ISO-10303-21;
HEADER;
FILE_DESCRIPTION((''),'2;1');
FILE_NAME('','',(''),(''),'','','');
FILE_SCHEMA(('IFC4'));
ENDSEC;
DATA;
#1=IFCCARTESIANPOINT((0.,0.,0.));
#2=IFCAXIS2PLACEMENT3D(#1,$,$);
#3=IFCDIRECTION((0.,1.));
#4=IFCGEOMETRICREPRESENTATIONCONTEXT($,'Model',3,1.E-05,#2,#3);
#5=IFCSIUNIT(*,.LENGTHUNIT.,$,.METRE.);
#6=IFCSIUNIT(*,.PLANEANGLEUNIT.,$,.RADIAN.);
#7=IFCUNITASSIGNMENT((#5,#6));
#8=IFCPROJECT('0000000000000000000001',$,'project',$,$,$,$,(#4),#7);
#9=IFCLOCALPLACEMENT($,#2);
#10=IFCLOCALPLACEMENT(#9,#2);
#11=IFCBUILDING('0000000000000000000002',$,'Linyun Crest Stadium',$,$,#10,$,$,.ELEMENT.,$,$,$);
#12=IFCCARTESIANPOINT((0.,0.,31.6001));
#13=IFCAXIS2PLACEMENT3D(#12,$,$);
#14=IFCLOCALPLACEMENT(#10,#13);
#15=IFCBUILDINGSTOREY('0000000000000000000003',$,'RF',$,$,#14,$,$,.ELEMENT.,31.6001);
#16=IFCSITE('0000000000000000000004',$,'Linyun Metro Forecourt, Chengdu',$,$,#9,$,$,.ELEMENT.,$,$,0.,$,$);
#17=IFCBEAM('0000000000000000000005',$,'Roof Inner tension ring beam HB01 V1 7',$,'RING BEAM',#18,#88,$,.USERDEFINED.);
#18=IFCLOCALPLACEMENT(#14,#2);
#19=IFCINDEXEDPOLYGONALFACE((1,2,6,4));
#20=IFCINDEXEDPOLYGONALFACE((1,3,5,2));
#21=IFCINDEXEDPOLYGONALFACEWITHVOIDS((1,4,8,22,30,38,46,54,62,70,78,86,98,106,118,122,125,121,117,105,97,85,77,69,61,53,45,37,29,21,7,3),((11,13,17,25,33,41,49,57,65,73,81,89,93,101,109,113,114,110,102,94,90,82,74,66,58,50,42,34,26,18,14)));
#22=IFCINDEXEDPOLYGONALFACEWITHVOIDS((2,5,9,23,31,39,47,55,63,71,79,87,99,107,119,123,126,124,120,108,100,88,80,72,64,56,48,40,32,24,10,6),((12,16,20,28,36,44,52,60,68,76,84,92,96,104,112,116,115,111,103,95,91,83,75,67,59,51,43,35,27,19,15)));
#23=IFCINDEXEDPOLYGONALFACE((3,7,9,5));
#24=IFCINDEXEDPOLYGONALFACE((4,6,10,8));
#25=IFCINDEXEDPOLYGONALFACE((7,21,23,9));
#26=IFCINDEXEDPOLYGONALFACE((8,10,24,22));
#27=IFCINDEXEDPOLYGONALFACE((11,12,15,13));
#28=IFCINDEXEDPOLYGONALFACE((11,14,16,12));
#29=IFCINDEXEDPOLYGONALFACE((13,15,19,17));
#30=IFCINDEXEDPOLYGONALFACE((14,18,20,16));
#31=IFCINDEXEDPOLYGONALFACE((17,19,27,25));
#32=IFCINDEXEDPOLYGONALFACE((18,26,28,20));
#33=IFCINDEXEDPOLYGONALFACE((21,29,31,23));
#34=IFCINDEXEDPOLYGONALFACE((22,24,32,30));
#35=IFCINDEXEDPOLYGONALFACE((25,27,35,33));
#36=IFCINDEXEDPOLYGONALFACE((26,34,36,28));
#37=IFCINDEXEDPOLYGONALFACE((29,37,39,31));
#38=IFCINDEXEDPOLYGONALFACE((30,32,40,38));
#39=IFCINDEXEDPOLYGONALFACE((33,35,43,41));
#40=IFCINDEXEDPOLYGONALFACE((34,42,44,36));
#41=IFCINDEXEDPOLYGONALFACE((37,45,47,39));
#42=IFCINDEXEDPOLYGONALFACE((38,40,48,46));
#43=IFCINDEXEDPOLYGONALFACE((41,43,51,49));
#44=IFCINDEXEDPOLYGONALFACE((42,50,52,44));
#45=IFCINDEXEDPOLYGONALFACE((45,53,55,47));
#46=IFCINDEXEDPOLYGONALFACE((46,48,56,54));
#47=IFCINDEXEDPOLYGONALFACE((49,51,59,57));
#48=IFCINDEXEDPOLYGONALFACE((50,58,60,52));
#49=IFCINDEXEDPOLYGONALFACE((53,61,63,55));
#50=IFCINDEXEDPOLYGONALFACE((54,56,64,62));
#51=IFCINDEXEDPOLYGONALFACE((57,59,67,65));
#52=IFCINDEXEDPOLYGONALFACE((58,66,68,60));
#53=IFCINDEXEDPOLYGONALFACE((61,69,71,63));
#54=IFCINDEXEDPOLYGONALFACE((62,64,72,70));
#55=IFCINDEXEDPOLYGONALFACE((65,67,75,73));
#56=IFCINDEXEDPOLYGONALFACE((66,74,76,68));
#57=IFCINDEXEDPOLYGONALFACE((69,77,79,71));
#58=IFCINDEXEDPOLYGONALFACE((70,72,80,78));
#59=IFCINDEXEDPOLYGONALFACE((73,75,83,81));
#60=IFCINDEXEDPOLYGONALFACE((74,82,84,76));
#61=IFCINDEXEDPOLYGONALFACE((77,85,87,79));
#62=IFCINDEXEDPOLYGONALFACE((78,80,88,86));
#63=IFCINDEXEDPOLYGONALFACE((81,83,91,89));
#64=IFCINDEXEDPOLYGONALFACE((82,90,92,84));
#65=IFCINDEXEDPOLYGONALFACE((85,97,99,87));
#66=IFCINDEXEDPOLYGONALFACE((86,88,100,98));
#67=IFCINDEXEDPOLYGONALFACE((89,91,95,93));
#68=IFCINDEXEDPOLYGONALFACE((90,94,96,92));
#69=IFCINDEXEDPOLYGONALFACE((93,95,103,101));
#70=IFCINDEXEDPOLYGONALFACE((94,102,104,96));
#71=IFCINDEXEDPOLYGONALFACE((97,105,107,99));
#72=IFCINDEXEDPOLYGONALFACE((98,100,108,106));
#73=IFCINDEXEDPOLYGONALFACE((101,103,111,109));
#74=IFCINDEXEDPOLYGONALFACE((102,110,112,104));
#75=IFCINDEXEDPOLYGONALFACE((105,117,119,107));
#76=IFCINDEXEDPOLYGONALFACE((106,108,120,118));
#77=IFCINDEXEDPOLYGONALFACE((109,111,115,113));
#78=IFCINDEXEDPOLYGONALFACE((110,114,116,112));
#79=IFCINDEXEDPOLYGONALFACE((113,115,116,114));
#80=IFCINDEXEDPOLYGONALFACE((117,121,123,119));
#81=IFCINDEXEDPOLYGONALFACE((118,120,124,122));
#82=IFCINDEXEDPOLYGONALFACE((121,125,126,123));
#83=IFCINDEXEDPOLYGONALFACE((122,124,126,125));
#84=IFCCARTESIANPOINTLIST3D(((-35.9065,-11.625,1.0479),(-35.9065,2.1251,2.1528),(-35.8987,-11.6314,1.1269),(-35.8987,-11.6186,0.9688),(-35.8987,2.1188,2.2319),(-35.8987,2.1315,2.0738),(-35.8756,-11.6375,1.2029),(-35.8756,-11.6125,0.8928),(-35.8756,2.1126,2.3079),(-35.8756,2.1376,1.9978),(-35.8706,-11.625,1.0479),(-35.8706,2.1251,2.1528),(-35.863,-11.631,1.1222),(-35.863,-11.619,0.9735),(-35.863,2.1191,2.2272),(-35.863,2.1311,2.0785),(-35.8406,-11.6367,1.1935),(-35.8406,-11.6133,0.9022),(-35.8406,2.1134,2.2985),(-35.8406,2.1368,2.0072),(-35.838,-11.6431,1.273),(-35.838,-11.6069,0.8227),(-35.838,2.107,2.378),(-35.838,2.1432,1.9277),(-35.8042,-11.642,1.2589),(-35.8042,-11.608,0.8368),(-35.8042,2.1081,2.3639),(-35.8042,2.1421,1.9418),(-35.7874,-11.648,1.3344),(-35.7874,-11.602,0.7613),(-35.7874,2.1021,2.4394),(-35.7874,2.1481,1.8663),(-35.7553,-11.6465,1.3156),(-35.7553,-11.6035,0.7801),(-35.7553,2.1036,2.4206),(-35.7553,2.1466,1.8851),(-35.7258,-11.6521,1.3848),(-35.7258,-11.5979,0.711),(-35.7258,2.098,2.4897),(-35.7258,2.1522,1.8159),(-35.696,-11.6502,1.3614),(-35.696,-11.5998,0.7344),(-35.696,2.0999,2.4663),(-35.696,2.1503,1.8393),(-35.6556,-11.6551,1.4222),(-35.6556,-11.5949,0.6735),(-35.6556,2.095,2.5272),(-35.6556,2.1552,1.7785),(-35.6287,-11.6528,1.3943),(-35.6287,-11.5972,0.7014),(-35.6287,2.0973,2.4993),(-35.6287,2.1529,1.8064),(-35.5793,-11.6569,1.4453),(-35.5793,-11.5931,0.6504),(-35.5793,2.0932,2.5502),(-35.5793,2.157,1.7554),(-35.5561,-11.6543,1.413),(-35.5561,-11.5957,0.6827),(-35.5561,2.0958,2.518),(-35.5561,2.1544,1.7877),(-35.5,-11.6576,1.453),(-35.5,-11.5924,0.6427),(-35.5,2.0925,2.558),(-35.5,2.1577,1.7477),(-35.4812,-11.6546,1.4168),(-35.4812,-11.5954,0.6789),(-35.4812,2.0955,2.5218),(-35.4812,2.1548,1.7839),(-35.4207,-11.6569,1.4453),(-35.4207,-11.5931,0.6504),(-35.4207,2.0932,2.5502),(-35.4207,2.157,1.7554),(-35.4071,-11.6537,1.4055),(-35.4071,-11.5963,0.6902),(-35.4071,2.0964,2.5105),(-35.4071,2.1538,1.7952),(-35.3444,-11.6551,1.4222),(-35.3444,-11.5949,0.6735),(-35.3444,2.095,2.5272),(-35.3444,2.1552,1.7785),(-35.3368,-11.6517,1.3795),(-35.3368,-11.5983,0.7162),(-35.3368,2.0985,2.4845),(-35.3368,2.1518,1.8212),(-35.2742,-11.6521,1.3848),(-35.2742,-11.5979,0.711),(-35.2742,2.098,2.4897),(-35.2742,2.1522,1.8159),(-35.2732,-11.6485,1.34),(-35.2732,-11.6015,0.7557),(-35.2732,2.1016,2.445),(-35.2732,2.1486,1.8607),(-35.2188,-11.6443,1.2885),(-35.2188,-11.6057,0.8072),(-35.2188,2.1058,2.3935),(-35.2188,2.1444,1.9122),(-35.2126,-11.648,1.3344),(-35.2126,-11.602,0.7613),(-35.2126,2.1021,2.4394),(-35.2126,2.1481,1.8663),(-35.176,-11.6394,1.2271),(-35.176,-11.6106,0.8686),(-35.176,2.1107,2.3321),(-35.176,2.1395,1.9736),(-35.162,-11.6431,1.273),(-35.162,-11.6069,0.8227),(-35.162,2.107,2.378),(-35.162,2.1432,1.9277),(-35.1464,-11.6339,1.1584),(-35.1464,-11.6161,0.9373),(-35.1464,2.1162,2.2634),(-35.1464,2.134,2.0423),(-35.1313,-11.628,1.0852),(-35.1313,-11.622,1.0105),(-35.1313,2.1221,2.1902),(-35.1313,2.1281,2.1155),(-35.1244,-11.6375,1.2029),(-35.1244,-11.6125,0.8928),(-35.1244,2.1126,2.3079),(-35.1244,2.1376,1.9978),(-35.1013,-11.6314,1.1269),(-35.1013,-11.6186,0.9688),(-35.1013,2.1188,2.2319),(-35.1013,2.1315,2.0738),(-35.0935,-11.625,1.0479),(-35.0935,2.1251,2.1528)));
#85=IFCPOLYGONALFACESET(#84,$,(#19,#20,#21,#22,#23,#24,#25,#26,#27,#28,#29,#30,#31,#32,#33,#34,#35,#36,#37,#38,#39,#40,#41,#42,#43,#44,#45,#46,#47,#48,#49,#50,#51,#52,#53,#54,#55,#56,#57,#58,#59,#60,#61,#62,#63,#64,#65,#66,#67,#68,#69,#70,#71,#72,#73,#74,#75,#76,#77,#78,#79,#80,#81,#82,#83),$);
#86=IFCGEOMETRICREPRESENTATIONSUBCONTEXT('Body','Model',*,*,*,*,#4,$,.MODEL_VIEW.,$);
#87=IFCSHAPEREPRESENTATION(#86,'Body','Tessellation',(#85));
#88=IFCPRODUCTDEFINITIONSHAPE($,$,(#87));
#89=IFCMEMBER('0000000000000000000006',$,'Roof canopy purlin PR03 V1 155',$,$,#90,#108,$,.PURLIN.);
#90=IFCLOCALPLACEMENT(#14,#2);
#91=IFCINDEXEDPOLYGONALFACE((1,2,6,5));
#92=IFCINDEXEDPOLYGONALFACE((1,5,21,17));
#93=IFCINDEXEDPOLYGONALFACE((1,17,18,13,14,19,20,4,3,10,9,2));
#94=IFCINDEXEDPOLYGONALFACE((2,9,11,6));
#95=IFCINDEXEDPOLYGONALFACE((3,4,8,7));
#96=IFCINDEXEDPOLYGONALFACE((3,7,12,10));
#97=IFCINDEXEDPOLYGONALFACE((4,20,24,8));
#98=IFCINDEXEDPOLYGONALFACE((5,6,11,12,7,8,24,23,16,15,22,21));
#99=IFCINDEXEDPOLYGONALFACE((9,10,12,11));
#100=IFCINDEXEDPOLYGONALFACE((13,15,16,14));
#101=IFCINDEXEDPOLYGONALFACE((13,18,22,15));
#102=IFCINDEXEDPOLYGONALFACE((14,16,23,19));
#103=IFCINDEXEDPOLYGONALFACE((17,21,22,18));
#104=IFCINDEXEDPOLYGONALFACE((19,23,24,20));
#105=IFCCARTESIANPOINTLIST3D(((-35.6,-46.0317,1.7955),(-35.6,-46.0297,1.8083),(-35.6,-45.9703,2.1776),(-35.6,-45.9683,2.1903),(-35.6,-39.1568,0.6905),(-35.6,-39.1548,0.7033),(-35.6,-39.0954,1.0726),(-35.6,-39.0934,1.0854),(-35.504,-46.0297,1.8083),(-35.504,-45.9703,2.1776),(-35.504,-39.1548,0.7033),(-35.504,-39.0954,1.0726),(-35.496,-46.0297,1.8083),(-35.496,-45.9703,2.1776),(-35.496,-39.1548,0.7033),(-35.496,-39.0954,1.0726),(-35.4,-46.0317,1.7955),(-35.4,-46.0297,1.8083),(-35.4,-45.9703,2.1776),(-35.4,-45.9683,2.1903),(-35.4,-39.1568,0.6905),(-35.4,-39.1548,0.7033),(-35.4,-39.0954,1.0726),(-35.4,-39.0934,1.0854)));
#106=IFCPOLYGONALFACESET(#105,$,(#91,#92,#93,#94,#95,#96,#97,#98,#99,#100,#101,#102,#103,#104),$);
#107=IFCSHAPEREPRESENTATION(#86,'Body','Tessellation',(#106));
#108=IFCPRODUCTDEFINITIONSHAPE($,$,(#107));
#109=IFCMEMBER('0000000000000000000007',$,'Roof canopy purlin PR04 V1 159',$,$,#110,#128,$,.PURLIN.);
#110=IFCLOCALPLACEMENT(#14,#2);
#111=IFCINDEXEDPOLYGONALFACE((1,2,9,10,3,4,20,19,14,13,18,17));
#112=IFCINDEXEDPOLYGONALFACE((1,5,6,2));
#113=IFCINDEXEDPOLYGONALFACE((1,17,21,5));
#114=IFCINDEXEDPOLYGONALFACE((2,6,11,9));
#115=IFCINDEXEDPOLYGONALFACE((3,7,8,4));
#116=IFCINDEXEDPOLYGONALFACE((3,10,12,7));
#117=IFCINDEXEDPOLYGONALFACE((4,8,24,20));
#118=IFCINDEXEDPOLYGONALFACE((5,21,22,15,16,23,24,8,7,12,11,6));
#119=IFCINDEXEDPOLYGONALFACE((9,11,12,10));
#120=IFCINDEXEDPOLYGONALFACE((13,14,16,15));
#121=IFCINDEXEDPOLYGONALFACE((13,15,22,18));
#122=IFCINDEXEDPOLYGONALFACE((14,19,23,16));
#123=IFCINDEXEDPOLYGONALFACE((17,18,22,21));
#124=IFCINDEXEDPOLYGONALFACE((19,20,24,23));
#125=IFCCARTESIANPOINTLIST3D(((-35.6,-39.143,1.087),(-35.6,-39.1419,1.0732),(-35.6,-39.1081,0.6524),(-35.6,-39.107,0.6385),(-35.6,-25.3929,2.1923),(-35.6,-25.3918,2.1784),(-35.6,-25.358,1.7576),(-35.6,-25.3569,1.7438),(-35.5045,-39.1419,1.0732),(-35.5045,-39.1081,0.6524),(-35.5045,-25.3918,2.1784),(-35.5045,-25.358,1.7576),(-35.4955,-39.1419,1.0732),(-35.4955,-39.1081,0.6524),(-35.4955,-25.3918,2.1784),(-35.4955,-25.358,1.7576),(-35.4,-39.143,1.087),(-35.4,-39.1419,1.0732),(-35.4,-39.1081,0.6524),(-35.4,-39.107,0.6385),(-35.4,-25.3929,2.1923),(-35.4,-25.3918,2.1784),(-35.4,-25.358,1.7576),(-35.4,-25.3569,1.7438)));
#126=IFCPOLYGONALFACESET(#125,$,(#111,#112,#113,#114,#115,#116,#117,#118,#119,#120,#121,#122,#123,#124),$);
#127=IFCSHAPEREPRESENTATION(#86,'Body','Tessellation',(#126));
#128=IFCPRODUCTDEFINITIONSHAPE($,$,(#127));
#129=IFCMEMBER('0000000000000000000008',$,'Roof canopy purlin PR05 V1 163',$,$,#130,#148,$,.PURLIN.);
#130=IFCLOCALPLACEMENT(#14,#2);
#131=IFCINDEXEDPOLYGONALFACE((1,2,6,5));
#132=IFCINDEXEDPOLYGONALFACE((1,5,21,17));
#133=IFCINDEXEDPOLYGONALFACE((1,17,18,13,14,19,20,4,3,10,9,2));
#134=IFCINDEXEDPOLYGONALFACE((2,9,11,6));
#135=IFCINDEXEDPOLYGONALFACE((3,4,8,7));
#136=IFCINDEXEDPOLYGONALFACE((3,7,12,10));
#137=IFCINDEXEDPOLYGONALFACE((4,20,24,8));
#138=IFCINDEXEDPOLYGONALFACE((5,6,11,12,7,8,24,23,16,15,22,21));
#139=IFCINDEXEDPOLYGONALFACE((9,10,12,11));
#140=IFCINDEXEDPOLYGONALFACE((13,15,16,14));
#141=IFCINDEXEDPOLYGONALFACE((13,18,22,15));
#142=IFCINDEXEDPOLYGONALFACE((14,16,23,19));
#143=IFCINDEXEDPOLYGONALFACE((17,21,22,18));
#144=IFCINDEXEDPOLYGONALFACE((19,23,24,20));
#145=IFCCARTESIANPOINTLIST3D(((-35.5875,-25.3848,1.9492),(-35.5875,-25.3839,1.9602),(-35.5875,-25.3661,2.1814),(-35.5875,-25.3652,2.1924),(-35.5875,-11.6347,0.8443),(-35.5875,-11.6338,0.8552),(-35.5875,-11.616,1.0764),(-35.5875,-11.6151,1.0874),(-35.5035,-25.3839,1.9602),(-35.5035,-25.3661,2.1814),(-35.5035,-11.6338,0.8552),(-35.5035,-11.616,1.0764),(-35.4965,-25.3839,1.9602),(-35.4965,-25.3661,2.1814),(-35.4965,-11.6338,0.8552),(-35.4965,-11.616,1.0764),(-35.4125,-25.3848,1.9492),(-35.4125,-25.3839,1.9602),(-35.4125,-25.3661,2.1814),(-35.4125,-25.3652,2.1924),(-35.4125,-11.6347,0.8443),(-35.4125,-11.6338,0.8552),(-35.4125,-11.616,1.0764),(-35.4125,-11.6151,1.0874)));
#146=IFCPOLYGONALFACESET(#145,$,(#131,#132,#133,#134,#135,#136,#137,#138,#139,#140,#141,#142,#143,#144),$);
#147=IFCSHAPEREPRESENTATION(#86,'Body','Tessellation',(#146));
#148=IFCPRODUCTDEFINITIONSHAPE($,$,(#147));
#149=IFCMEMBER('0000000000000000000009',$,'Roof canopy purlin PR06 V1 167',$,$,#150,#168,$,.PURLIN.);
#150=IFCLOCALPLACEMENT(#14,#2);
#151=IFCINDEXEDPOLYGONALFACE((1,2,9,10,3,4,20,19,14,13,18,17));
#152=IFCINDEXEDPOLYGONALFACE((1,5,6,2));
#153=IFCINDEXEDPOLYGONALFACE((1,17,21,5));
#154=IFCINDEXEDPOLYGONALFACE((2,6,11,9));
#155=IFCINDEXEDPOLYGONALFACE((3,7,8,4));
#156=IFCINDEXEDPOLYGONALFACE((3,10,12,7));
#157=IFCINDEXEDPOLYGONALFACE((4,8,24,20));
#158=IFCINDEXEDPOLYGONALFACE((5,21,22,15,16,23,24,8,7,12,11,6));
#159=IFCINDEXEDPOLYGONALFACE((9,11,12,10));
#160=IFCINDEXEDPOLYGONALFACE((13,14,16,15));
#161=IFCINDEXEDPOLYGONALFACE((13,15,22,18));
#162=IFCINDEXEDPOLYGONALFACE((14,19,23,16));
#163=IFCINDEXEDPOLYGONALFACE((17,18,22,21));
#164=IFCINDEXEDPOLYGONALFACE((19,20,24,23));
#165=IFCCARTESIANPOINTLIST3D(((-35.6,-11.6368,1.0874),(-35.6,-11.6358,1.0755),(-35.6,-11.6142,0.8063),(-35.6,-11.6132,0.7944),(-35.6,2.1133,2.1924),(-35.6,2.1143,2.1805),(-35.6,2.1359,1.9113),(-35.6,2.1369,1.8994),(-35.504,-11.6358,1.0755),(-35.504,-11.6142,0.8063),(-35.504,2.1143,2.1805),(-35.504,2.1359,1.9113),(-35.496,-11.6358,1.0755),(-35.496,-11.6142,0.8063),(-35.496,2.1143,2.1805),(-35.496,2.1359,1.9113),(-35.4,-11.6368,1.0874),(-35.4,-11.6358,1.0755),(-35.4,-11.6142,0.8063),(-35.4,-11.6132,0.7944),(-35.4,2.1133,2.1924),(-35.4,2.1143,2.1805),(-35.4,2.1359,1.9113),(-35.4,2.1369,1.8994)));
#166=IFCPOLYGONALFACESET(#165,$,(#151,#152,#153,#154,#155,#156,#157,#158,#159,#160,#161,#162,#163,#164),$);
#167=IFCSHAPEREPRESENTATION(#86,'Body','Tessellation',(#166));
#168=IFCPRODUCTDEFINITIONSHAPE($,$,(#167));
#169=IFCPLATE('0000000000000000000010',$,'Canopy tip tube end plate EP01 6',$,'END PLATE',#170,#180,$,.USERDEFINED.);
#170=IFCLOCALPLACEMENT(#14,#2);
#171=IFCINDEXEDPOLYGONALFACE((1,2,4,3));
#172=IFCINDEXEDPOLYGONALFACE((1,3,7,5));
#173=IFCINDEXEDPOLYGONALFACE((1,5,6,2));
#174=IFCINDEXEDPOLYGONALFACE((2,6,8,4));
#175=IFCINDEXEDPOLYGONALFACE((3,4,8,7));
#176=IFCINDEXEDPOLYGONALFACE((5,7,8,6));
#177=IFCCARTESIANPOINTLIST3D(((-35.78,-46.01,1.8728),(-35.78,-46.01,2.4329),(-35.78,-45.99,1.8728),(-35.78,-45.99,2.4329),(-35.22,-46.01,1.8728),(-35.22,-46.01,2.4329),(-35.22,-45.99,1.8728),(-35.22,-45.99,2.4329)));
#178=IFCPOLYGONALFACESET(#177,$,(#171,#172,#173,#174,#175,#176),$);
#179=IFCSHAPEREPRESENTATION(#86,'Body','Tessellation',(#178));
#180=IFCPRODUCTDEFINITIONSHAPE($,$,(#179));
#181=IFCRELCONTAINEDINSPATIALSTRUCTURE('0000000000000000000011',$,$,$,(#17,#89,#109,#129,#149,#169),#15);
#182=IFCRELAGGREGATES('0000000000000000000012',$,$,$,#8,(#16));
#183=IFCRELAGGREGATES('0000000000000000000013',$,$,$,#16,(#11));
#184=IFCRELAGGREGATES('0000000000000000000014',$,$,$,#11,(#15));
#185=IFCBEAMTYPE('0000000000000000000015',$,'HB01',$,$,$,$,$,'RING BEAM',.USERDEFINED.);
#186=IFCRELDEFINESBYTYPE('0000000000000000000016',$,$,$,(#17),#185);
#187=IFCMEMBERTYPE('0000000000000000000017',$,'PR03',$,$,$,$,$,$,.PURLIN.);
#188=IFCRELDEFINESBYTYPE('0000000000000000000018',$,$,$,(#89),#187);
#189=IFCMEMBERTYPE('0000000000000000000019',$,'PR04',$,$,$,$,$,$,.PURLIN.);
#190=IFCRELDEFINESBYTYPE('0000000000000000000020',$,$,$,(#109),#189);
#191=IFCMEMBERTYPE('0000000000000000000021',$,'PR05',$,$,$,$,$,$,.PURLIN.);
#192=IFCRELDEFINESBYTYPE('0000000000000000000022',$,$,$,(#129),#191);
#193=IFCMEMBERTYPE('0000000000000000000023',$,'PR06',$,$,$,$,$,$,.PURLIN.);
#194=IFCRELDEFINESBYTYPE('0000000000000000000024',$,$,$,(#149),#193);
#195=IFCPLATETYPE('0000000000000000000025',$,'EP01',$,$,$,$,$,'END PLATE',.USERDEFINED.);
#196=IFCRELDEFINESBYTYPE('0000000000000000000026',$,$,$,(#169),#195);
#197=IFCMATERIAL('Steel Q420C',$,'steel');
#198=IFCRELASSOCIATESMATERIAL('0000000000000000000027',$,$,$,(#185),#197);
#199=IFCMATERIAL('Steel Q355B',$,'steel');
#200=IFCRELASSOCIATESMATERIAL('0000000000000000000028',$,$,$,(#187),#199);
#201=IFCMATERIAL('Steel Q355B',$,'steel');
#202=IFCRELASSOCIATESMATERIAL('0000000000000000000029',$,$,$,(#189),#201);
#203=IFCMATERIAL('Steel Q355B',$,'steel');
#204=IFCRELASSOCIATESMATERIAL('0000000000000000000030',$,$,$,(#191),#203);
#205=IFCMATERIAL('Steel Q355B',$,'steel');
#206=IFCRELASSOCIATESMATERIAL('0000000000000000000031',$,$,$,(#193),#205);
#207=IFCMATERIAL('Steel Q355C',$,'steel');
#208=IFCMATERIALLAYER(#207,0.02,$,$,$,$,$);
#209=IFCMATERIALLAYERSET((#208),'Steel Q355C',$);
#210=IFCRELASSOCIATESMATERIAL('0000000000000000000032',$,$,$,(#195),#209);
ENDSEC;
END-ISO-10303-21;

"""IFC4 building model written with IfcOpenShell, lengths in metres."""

from ifc_helpers import new_model, si_unit, direction, frame, origin, origin_2d, place, context, subcontext, project, spatial, rectangle, hollow_circle, i_section, extrude, material, layer, layer_set, material_profile, profile_set, type_object, element, save


model = new_model("IFC4")

# Units and contexts
model_context = context("Model", 3, precision=1e-05, world=origin(), true_north=direction((0.0, 1.0)))
body_context = subcontext(model_context, "Body", "Model", "MODEL_VIEW")
ifc_project = project(units=[si_unit("LENGTHUNIT", "METRE"), si_unit("PLANEANGLEUNIT", "RADIAN")], contexts=[model_context])

# Site, building, storey
site_placement = place(None, origin())
site = spatial("IfcSite", under=ifc_project, at=site_placement, Name="Linyun Metro Forecourt, Chengdu", CompositionType="ELEMENT", RefElevation=0.0)
building_placement = place(site_placement, origin())
building = spatial("IfcBuilding", under=site, at=building_placement, Name="Linyun Crest Stadium", CompositionType="ELEMENT")
storey_placement = place(building_placement, frame((0.0, 0.0, 31.6001)))
storey = spatial("IfcBuildingStorey", under=building, at=storey_placement, Name="RF", CompositionType="ELEMENT", Elevation=31.6001)

# Beam
ifc_material_1 = material(Name="Steel Q420C", Category="steel")
ifc_material_profile_1 = material_profile(ifc_material_1, hollow_circle(Radius=0.4065, WallThickness=0.0359, at=origin_2d()), Name="CHS 813x36")
ifc_profile_set_1 = profile_set([ifc_material_profile_1], Name="Steel Q420C")
beam_type = type_object("IfcBeamType", Name="HB01", ElementType="RING BEAM", PredefinedType="USERDEFINED", material=ifc_profile_set_1)
for number, where, z_axis, x_axis, name in (
    (1, (-35.5, -11.625, 1.0479), (0.0, 0.996787, 0.080104), (-1.0, 0.0, 0.0), "Roof Inner tension ring beam HB01 V1 7"),
):
    element("IfcBeam", number, at=place(storey_placement, frame(where, z_axis=z_axis, x_axis=x_axis)), inside=storey, type_object=beam_type, Name=name, ObjectType="RING BEAM", PredefinedType="USERDEFINED", context=body_context, shape_type="SweptSolid", body=[
        extrude(hollow_circle(Radius=0.4065, WallThickness=0.0359, at=origin_2d()), origin(), (0.0, 0.0, 1.0), 13.7944),
    ])

# Members
ifc_material_2 = material(Name="Steel Q355B", Category="steel")
ifc_material_profile_2 = material_profile(ifc_material_2, i_section(OverallWidth=0.2, OverallDepth=0.3999, WebThickness=0.0081, FlangeThickness=0.0129, at=origin_2d()), Name="HN 400x200")
ifc_profile_set_2 = profile_set([ifc_material_profile_2], Name="Steel Q355B")
member_type_1 = type_object("IfcMemberType", Name="PR03", PredefinedType="PURLIN", material=ifc_profile_set_2)
member_1_placement = place(storey_placement, frame((-35.5, -46.0, 1.9929), z_axis=(0.0, 0.987329, -0.158688), x_axis=(-1.0, 0.0, 0.0)))
element("IfcMember", 2, at=member_1_placement, inside=storey, type_object=member_type_1, Name="Roof canopy purlin PR03 V1 155", PredefinedType="PURLIN", context=body_context, shape_type="SweptSolid", body=[
    extrude(i_section(OverallWidth=0.2, OverallDepth=0.3999, WebThickness=0.0081, FlangeThickness=0.0129, at=origin_2d()), origin(), (0.0, 0.0, 1.0), 6.9631),
])
ifc_material_3 = material(Name="Steel Q355B", Category="steel")
ifc_material_profile_3 = material_profile(ifc_material_3, i_section(OverallWidth=0.2, OverallDepth=0.45, WebThickness=0.009, FlangeThickness=0.0139, at=origin_2d()), Name="HN 450x200")
ifc_profile_set_3 = profile_set([ifc_material_profile_3], Name="Steel Q355B")
member_type_2 = type_object("IfcMemberType", Name="PR04", PredefinedType="PURLIN", material=ifc_profile_set_3)
member_2_placement = place(storey_placement, frame((-35.5, -39.125, 0.8628), z_axis=(0.0, 0.996785, 0.080122), x_axis=(-1.0, 0.0, 0.0)))
element("IfcMember", 3, at=member_2_placement, inside=storey, type_object=member_type_2, Name="Roof canopy purlin PR04 V1 159", PredefinedType="PURLIN", context=body_context, shape_type="SweptSolid", body=[
    extrude(i_section(OverallWidth=0.2, OverallDepth=0.45, WebThickness=0.009, FlangeThickness=0.0139, at=origin_2d()), origin(), (0.0, 0.0, 1.0), 13.7944),
])
ifc_material_4 = material(Name="Steel Q355B", Category="steel")
ifc_material_profile_4 = material_profile(ifc_material_4, i_section(OverallWidth=0.175, OverallDepth=0.2439, WebThickness=0.0071, FlangeThickness=0.011, at=origin_2d()), Name="HM 244x175")
ifc_profile_set_4 = profile_set([ifc_material_profile_4], Name="Steel Q355B")
member_type_3 = type_object("IfcMemberType", Name="PR05", PredefinedType="PURLIN", material=ifc_profile_set_4)
member_3_placement = place(storey_placement, frame((-35.5, -25.375, 2.0708), z_axis=(0.0, 0.996787, -0.080104), x_axis=(-1.0, 0.0, 0.0)))
element("IfcMember", 4, at=member_3_placement, inside=storey, type_object=member_type_3, Name="Roof canopy purlin PR05 V1 163", PredefinedType="PURLIN", context=body_context, shape_type="SweptSolid", body=[
    extrude(i_section(OverallWidth=0.175, OverallDepth=0.2439, WebThickness=0.0071, FlangeThickness=0.011, at=origin_2d()), origin(), (0.0, 0.0, 1.0), 13.7944),
])
ifc_material_5 = material(Name="Steel Q355B", Category="steel")
ifc_material_profile_5 = material_profile(ifc_material_5, i_section(OverallWidth=0.2, OverallDepth=0.2939, WebThickness=0.0081, FlangeThickness=0.012, at=origin_2d()), Name="HM 294x200")
ifc_profile_set_5 = profile_set([ifc_material_profile_5], Name="Steel Q355B")
member_type_4 = type_object("IfcMemberType", Name="PR06", PredefinedType="PURLIN", material=ifc_profile_set_5)
member_4_placement = place(storey_placement, frame((-35.5, -11.625, 0.9409), z_axis=(0.0, 0.996787, 0.080104), x_axis=(-1.0, 0.0, 0.0)))
element("IfcMember", 5, at=member_4_placement, inside=storey, type_object=member_type_4, Name="Roof canopy purlin PR06 V1 167", PredefinedType="PURLIN", context=body_context, shape_type="SweptSolid", body=[
    extrude(i_section(OverallWidth=0.2, OverallDepth=0.2939, WebThickness=0.0081, FlangeThickness=0.012, at=origin_2d()), origin(), (0.0, 0.0, 1.0), 13.7944),
])

# Plate
ifc_material_6 = material(Name="Steel Q355C", Category="steel")
ifc_layer_1 = layer(ifc_material_6, 0.02)
ifc_layer_set_1 = layer_set([ifc_layer_1], Name="Steel Q355C")
plate_type_1 = type_object("IfcPlateType", Name="EP01", ElementType="END PLATE", PredefinedType="USERDEFINED", material=ifc_layer_set_1)
for number, where, z_axis, x_axis, name in (
    (6, (-35.5, -46.0, 1.8728), (0.0, 0.0, 1.0), (1.0, 0.0, 0.0), "Canopy tip tube end plate EP01 6"),
):
    element("IfcPlate", number, at=place(storey_placement, frame(where, z_axis=z_axis, x_axis=x_axis)), inside=storey, type_object=plate_type_1, Name=name, ObjectType="END PLATE", PredefinedType="USERDEFINED", context=body_context, shape_type="SweptSolid", body=[
        extrude(rectangle(XDim=0.5601, YDim=0.02, at=origin_2d()), origin(), (0.0, 0.0, 1.0), 0.5601),
    ])

save(model, "model.ifc")
